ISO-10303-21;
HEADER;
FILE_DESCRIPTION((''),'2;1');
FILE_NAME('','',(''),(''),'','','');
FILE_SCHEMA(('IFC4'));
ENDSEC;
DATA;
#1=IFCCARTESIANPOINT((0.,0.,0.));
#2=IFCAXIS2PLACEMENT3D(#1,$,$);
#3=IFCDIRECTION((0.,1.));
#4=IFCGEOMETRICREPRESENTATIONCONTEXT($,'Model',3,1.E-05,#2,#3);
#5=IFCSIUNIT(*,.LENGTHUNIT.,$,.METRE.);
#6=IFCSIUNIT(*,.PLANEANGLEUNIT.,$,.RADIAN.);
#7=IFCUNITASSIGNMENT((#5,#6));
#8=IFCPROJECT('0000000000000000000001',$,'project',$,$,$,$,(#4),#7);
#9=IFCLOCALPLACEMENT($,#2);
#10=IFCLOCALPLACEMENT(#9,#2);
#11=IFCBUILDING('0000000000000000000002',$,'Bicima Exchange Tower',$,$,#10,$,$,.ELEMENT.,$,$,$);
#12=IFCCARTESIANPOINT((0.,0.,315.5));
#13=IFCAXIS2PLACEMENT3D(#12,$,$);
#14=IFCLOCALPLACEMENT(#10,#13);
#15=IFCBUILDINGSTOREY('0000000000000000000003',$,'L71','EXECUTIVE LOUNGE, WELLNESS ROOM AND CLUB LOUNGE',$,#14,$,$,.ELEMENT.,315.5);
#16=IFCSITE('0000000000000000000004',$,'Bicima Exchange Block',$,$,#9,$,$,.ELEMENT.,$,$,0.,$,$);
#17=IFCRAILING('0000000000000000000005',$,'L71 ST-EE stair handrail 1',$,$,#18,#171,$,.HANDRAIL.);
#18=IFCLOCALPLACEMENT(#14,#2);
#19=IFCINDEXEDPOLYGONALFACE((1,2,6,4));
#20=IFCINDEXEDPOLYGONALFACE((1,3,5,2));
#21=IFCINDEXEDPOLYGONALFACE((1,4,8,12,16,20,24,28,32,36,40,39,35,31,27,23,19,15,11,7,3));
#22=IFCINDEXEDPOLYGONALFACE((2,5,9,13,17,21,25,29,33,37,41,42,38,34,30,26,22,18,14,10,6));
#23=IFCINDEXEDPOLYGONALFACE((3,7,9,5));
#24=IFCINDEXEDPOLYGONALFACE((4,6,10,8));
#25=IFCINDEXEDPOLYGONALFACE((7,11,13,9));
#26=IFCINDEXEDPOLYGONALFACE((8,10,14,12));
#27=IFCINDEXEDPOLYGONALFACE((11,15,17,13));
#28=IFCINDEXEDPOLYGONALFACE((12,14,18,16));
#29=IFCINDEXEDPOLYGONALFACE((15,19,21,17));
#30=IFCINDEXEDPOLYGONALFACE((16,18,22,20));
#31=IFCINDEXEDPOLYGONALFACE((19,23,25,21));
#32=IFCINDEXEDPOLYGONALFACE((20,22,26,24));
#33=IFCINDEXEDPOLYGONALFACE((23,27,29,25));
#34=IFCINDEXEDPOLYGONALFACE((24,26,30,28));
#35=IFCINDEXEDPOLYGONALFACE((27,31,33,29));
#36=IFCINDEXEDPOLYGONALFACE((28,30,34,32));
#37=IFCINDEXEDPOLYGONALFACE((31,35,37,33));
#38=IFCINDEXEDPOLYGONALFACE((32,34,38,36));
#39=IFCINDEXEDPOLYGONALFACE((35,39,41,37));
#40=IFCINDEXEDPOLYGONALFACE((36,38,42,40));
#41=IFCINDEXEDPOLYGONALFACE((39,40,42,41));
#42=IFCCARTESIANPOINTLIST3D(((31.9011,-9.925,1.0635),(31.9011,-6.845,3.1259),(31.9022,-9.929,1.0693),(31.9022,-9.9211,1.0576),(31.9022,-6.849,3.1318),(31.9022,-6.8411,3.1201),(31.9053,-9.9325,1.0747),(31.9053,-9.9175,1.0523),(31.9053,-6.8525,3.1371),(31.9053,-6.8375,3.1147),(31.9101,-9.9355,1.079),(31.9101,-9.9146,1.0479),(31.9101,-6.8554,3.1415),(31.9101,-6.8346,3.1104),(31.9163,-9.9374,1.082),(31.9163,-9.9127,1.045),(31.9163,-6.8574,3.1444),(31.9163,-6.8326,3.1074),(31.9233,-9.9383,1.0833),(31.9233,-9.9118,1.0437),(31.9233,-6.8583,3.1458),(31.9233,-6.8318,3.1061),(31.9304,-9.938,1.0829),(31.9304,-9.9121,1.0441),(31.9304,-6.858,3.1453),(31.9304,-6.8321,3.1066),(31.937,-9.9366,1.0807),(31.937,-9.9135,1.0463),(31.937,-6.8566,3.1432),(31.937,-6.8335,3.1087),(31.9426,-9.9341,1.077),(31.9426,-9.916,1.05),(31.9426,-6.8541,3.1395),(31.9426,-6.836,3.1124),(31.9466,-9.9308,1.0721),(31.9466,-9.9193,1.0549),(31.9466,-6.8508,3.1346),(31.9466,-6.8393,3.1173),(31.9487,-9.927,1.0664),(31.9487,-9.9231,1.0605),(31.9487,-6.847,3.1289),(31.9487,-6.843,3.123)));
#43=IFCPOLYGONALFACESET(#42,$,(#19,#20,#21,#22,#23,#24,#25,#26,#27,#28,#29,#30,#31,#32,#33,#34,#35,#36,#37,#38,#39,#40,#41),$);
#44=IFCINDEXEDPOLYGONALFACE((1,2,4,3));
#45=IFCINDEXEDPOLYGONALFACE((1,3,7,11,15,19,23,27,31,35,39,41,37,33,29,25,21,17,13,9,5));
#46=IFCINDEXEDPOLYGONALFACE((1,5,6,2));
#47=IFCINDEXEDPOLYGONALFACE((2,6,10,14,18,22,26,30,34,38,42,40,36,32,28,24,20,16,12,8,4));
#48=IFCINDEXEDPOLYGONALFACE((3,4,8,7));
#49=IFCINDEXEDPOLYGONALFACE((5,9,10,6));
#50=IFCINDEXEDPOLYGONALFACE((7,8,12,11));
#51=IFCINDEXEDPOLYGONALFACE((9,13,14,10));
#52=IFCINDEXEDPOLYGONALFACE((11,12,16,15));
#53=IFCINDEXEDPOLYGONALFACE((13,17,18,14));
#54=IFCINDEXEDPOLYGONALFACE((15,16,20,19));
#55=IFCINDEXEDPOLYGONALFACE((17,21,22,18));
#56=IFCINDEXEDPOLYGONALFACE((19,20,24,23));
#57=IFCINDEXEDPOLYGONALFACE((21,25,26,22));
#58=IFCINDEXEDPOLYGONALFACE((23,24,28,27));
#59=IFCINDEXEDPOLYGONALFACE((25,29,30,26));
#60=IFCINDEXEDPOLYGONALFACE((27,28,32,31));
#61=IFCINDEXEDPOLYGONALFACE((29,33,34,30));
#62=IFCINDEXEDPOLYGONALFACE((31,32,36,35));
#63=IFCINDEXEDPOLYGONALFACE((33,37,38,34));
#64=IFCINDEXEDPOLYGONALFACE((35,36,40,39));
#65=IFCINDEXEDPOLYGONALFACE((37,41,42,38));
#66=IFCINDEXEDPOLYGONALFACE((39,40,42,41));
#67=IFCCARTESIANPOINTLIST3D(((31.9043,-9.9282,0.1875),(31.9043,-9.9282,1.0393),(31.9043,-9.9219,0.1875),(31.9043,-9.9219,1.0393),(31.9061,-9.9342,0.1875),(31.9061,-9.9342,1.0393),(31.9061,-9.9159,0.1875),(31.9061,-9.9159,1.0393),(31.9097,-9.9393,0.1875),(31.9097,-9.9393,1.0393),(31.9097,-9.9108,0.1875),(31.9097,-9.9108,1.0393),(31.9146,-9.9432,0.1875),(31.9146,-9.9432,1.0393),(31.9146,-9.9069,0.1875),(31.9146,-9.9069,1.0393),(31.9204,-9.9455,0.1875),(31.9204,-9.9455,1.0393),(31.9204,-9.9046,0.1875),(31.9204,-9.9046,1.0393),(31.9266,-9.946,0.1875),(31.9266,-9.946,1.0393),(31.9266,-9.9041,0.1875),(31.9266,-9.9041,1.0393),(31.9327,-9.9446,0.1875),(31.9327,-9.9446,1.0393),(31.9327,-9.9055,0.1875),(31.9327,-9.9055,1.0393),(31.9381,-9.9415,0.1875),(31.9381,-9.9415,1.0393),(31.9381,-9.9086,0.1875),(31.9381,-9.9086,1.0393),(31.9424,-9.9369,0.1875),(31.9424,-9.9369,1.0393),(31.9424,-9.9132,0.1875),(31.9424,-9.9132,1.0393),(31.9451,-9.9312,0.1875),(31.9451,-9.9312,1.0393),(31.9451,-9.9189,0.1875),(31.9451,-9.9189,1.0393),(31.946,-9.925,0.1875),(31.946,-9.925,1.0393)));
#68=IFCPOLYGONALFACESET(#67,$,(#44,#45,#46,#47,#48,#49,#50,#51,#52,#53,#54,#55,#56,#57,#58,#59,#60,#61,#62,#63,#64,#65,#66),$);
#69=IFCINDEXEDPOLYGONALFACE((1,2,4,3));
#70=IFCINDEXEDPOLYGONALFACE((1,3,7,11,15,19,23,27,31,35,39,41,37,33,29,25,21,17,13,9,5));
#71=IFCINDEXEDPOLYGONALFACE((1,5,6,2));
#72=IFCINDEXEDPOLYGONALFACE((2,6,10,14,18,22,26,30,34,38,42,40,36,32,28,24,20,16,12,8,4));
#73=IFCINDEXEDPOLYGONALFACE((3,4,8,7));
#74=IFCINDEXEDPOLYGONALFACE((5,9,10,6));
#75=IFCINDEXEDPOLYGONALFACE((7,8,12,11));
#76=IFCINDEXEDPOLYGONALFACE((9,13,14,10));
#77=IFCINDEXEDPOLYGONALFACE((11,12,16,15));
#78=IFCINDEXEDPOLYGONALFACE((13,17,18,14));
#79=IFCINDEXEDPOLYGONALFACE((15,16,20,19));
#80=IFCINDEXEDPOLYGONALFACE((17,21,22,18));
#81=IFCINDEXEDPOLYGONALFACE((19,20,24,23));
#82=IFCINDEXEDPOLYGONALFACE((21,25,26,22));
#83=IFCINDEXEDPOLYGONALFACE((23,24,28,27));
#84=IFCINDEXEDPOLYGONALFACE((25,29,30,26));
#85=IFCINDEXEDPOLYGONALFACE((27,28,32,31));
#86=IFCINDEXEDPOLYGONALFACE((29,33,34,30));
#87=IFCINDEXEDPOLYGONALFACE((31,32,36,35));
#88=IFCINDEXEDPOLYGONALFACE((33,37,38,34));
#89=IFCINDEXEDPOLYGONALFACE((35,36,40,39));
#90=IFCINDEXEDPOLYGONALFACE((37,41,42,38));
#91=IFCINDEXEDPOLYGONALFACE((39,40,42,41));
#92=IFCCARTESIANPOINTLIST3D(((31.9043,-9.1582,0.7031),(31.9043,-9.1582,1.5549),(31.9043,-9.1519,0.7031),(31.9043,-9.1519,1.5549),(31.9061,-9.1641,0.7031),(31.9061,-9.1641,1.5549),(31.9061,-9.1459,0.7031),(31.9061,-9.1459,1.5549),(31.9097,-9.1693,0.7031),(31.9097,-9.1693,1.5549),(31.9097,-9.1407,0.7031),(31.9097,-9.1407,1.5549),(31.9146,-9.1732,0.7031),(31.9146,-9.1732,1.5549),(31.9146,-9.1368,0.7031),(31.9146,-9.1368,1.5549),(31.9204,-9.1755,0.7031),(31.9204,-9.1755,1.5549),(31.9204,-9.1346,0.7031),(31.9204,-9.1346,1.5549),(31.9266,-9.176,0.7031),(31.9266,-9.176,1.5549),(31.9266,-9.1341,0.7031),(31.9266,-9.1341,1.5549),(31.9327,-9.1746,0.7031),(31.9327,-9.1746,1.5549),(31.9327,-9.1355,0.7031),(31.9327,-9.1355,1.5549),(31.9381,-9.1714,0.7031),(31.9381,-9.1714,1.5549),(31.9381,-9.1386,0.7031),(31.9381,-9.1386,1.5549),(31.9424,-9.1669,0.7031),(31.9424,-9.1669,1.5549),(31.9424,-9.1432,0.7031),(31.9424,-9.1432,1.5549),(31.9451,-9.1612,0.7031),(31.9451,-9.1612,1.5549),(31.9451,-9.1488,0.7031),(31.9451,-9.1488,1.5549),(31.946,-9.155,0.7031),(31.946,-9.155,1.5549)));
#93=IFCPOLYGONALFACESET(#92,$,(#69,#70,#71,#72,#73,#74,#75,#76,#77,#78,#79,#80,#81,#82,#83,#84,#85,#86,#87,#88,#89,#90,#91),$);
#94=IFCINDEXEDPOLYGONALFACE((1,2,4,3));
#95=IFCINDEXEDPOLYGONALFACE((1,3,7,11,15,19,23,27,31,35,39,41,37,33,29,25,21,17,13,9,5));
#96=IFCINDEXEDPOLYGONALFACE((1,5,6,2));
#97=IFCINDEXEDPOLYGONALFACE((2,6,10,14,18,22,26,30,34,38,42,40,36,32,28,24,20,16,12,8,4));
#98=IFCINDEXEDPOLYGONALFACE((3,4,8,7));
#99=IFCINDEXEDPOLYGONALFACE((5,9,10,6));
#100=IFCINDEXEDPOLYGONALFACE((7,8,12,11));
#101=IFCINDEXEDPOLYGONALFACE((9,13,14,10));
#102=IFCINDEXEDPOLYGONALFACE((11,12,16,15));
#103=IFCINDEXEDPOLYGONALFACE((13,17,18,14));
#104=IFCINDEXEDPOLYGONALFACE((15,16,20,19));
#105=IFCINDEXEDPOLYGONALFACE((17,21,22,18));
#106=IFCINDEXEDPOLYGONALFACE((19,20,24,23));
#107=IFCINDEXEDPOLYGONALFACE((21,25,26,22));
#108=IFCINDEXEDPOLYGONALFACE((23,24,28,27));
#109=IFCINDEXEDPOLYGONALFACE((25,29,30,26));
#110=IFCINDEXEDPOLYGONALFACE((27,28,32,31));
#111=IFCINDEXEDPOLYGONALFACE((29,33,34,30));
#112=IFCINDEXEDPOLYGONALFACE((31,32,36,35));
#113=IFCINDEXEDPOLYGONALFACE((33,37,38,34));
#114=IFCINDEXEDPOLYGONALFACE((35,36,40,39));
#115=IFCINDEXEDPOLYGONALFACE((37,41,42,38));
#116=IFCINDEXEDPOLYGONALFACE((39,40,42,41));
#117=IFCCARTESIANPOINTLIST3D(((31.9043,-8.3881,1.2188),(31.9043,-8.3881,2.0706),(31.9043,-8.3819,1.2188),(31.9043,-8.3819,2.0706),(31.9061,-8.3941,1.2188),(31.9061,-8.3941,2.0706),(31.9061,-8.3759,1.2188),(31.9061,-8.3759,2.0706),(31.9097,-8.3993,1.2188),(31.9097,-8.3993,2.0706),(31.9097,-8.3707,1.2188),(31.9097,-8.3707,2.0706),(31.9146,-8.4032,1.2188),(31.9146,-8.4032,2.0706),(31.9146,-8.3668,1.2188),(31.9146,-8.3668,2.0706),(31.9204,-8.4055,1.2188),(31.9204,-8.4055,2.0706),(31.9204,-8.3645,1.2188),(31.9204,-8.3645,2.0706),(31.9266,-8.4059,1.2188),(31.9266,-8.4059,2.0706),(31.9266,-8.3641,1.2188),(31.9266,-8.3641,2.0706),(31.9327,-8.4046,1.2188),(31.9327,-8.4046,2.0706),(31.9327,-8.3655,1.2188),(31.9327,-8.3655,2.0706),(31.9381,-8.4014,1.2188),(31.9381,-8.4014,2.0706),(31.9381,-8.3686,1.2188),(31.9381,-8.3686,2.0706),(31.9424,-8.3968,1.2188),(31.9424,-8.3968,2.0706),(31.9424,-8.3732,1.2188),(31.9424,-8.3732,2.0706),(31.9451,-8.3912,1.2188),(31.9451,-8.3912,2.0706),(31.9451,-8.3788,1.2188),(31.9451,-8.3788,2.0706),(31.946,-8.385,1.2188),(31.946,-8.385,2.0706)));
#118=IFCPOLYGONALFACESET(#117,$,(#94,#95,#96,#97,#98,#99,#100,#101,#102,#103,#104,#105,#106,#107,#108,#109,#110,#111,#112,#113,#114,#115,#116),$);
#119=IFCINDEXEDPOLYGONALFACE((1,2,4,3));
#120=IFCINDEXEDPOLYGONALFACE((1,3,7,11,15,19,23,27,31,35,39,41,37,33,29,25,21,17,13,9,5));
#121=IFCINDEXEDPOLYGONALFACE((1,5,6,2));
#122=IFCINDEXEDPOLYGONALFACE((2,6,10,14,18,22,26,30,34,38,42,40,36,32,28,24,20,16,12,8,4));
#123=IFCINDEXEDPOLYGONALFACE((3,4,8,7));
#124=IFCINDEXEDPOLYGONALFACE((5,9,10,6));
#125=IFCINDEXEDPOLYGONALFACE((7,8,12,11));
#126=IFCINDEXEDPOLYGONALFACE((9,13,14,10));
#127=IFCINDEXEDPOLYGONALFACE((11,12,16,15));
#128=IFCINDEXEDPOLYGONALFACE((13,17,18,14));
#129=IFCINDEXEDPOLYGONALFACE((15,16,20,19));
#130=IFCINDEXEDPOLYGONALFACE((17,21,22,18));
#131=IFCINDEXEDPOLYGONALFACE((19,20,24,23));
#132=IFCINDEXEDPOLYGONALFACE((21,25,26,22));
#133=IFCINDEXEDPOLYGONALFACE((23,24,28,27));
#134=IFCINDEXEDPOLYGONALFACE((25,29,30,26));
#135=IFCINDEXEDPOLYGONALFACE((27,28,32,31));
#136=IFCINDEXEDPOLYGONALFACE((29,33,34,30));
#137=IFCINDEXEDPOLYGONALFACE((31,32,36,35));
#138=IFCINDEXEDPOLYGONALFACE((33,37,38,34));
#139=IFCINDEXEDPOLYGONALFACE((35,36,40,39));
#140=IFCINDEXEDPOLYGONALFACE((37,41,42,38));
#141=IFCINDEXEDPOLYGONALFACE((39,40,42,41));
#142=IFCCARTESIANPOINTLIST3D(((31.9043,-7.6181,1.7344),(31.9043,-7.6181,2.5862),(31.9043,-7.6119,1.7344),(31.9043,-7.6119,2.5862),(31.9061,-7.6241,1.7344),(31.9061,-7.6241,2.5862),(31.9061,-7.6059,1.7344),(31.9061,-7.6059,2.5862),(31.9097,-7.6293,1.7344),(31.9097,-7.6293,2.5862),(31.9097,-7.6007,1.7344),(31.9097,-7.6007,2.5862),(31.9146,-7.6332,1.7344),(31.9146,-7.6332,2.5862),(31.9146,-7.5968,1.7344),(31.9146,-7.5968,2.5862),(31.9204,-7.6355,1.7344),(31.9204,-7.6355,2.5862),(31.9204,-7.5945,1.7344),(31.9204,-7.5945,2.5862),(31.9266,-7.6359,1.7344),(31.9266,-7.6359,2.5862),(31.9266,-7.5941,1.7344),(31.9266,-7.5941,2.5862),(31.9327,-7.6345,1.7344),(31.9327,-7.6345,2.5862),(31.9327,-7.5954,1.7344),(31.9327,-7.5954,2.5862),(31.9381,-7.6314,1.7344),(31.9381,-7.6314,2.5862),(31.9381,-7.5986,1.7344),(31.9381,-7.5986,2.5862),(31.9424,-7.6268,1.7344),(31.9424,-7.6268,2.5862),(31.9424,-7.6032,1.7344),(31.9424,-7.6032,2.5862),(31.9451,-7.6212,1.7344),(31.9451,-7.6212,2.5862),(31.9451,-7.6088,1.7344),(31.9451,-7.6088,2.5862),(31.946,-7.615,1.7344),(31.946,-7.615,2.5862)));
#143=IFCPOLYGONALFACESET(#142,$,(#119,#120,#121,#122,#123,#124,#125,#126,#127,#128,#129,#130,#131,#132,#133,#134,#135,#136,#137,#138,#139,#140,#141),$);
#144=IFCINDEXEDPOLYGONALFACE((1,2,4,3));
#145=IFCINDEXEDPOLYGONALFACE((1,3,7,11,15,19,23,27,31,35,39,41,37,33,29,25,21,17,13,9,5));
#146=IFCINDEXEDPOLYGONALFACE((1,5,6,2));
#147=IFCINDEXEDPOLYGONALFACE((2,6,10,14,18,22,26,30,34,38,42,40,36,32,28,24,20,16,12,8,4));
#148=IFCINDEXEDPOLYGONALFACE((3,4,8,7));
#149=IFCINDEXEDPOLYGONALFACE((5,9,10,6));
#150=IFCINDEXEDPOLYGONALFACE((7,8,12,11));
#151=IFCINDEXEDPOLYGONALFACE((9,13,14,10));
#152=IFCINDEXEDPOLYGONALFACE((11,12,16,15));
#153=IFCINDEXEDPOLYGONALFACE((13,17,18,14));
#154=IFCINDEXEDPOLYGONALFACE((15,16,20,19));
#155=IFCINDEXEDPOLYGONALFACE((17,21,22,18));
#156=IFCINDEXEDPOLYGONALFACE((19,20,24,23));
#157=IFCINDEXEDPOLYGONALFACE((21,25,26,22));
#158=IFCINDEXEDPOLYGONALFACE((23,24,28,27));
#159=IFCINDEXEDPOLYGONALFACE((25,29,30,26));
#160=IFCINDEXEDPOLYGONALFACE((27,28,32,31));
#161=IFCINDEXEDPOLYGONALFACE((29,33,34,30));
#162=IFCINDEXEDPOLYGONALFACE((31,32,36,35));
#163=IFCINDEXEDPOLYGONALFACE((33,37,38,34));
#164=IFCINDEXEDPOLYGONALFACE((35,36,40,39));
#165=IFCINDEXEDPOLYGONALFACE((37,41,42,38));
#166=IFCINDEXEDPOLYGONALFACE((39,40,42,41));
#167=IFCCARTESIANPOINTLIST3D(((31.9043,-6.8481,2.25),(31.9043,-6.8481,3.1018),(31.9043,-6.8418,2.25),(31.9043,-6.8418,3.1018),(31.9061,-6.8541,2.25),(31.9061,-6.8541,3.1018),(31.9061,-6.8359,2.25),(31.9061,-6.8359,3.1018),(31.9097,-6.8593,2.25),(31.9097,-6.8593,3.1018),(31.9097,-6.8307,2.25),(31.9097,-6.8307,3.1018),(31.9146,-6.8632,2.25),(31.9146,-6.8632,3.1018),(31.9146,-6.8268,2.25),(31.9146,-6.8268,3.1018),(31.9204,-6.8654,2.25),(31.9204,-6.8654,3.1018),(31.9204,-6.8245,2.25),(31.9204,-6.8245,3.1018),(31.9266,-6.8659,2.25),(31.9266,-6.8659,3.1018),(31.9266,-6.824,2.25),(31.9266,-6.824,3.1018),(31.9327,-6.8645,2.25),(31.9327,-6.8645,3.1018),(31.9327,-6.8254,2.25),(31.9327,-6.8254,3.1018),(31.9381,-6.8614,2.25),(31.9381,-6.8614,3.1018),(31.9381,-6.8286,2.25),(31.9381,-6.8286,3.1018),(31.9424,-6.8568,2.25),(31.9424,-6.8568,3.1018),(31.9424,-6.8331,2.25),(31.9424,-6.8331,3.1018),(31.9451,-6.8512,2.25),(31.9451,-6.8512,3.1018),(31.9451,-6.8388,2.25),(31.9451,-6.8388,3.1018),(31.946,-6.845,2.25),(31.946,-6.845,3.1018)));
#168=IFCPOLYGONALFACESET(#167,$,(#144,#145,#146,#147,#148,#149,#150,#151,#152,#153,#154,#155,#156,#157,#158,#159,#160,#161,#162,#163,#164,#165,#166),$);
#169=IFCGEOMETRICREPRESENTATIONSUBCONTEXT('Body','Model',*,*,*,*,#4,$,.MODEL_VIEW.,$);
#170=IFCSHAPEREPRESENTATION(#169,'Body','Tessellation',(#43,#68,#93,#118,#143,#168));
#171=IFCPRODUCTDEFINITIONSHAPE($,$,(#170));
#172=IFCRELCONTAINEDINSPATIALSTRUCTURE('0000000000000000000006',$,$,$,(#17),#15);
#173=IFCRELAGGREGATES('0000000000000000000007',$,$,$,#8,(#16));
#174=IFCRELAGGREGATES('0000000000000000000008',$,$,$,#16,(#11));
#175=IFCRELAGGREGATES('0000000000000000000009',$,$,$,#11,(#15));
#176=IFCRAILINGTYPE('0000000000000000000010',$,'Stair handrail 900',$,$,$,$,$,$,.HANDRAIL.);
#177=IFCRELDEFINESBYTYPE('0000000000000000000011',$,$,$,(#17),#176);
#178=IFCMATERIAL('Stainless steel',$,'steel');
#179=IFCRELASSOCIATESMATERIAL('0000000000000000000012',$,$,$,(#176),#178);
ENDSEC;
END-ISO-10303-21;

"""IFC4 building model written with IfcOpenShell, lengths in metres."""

from ifc_helpers import new_model, si_unit, direction, frame, origin, origin_2d, place, context, subcontext, project, spatial, circle, extrude, material, type_object, element, save


model = new_model("IFC4")

# Units and contexts
model_context = context("Model", 3, precision=1e-05, world=origin(), true_north=direction((0.0, 1.0)))
body_context = subcontext(model_context, "Body", "Model", "MODEL_VIEW")
ifc_project = project(units=[si_unit("LENGTHUNIT", "METRE"), si_unit("PLANEANGLEUNIT", "RADIAN")], contexts=[model_context])

# Site, building, storey
site_placement = place(None, origin())
site = spatial("IfcSite", under=ifc_project, at=site_placement, Name="Bicima Exchange Block", CompositionType="ELEMENT", RefElevation=0.0)
building_placement = place(site_placement, origin())
building = spatial("IfcBuilding", under=site, at=building_placement, Name="Bicima Exchange Tower", CompositionType="ELEMENT")
storey_placement = place(building_placement, frame((0.0, 0.0, 315.5)))
storey = spatial("IfcBuildingStorey", under=building, at=storey_placement, Name="L71", Description="EXECUTIVE LOUNGE, WELLNESS ROOM AND CLUB LOUNGE", CompositionType="ELEMENT", Elevation=315.5)

# Railing
ifc_material_1 = material(Name="Stainless steel", Category="steel")
railing_type_1 = type_object("IfcRailingType", Name="Stair handrail 900", PredefinedType="HANDRAIL", material=ifc_material_1)
railing_1_placement = place(storey_placement, frame((31.925, -9.925, 0.1875)))
element("IfcRailing", 1, at=railing_1_placement, inside=storey, type_object=railing_type_1, Name="L71 ST-EE stair handrail 1", PredefinedType="HANDRAIL", context=body_context, shape_type="SweptSolid", body=[
    extrude(circle(Radius=0.0239, at=origin_2d()), frame((0.0, 0.0, 0.876), z_axis=(0.0, 0.830914, 0.556401), x_axis=(-1.0, 0.0, 0.0)), (0.0, 0.0, 1.0), 3.7068),
    extrude(circle(Radius=0.021, at=origin_2d()), origin(), (0.0, 0.0, 1.0), 0.8518),
    extrude(circle(Radius=0.021, at=origin_2d()), frame((0.0, 0.77, 0.5156)), (0.0, 0.0, 1.0), 0.8518),
    extrude(circle(Radius=0.021, at=origin_2d()), frame((0.0, 1.54, 1.0312)), (0.0, 0.0, 1.0), 0.8518),
    extrude(circle(Radius=0.021, at=origin_2d()), frame((0.0, 2.3101, 1.5469)), (0.0, 0.0, 1.0), 0.8518),
    extrude(circle(Radius=0.021, at=origin_2d()), frame((0.0, 3.0801, 2.0625)), (0.0, 0.0, 1.0), 0.8518),
])

save(model, "model.ifc")
